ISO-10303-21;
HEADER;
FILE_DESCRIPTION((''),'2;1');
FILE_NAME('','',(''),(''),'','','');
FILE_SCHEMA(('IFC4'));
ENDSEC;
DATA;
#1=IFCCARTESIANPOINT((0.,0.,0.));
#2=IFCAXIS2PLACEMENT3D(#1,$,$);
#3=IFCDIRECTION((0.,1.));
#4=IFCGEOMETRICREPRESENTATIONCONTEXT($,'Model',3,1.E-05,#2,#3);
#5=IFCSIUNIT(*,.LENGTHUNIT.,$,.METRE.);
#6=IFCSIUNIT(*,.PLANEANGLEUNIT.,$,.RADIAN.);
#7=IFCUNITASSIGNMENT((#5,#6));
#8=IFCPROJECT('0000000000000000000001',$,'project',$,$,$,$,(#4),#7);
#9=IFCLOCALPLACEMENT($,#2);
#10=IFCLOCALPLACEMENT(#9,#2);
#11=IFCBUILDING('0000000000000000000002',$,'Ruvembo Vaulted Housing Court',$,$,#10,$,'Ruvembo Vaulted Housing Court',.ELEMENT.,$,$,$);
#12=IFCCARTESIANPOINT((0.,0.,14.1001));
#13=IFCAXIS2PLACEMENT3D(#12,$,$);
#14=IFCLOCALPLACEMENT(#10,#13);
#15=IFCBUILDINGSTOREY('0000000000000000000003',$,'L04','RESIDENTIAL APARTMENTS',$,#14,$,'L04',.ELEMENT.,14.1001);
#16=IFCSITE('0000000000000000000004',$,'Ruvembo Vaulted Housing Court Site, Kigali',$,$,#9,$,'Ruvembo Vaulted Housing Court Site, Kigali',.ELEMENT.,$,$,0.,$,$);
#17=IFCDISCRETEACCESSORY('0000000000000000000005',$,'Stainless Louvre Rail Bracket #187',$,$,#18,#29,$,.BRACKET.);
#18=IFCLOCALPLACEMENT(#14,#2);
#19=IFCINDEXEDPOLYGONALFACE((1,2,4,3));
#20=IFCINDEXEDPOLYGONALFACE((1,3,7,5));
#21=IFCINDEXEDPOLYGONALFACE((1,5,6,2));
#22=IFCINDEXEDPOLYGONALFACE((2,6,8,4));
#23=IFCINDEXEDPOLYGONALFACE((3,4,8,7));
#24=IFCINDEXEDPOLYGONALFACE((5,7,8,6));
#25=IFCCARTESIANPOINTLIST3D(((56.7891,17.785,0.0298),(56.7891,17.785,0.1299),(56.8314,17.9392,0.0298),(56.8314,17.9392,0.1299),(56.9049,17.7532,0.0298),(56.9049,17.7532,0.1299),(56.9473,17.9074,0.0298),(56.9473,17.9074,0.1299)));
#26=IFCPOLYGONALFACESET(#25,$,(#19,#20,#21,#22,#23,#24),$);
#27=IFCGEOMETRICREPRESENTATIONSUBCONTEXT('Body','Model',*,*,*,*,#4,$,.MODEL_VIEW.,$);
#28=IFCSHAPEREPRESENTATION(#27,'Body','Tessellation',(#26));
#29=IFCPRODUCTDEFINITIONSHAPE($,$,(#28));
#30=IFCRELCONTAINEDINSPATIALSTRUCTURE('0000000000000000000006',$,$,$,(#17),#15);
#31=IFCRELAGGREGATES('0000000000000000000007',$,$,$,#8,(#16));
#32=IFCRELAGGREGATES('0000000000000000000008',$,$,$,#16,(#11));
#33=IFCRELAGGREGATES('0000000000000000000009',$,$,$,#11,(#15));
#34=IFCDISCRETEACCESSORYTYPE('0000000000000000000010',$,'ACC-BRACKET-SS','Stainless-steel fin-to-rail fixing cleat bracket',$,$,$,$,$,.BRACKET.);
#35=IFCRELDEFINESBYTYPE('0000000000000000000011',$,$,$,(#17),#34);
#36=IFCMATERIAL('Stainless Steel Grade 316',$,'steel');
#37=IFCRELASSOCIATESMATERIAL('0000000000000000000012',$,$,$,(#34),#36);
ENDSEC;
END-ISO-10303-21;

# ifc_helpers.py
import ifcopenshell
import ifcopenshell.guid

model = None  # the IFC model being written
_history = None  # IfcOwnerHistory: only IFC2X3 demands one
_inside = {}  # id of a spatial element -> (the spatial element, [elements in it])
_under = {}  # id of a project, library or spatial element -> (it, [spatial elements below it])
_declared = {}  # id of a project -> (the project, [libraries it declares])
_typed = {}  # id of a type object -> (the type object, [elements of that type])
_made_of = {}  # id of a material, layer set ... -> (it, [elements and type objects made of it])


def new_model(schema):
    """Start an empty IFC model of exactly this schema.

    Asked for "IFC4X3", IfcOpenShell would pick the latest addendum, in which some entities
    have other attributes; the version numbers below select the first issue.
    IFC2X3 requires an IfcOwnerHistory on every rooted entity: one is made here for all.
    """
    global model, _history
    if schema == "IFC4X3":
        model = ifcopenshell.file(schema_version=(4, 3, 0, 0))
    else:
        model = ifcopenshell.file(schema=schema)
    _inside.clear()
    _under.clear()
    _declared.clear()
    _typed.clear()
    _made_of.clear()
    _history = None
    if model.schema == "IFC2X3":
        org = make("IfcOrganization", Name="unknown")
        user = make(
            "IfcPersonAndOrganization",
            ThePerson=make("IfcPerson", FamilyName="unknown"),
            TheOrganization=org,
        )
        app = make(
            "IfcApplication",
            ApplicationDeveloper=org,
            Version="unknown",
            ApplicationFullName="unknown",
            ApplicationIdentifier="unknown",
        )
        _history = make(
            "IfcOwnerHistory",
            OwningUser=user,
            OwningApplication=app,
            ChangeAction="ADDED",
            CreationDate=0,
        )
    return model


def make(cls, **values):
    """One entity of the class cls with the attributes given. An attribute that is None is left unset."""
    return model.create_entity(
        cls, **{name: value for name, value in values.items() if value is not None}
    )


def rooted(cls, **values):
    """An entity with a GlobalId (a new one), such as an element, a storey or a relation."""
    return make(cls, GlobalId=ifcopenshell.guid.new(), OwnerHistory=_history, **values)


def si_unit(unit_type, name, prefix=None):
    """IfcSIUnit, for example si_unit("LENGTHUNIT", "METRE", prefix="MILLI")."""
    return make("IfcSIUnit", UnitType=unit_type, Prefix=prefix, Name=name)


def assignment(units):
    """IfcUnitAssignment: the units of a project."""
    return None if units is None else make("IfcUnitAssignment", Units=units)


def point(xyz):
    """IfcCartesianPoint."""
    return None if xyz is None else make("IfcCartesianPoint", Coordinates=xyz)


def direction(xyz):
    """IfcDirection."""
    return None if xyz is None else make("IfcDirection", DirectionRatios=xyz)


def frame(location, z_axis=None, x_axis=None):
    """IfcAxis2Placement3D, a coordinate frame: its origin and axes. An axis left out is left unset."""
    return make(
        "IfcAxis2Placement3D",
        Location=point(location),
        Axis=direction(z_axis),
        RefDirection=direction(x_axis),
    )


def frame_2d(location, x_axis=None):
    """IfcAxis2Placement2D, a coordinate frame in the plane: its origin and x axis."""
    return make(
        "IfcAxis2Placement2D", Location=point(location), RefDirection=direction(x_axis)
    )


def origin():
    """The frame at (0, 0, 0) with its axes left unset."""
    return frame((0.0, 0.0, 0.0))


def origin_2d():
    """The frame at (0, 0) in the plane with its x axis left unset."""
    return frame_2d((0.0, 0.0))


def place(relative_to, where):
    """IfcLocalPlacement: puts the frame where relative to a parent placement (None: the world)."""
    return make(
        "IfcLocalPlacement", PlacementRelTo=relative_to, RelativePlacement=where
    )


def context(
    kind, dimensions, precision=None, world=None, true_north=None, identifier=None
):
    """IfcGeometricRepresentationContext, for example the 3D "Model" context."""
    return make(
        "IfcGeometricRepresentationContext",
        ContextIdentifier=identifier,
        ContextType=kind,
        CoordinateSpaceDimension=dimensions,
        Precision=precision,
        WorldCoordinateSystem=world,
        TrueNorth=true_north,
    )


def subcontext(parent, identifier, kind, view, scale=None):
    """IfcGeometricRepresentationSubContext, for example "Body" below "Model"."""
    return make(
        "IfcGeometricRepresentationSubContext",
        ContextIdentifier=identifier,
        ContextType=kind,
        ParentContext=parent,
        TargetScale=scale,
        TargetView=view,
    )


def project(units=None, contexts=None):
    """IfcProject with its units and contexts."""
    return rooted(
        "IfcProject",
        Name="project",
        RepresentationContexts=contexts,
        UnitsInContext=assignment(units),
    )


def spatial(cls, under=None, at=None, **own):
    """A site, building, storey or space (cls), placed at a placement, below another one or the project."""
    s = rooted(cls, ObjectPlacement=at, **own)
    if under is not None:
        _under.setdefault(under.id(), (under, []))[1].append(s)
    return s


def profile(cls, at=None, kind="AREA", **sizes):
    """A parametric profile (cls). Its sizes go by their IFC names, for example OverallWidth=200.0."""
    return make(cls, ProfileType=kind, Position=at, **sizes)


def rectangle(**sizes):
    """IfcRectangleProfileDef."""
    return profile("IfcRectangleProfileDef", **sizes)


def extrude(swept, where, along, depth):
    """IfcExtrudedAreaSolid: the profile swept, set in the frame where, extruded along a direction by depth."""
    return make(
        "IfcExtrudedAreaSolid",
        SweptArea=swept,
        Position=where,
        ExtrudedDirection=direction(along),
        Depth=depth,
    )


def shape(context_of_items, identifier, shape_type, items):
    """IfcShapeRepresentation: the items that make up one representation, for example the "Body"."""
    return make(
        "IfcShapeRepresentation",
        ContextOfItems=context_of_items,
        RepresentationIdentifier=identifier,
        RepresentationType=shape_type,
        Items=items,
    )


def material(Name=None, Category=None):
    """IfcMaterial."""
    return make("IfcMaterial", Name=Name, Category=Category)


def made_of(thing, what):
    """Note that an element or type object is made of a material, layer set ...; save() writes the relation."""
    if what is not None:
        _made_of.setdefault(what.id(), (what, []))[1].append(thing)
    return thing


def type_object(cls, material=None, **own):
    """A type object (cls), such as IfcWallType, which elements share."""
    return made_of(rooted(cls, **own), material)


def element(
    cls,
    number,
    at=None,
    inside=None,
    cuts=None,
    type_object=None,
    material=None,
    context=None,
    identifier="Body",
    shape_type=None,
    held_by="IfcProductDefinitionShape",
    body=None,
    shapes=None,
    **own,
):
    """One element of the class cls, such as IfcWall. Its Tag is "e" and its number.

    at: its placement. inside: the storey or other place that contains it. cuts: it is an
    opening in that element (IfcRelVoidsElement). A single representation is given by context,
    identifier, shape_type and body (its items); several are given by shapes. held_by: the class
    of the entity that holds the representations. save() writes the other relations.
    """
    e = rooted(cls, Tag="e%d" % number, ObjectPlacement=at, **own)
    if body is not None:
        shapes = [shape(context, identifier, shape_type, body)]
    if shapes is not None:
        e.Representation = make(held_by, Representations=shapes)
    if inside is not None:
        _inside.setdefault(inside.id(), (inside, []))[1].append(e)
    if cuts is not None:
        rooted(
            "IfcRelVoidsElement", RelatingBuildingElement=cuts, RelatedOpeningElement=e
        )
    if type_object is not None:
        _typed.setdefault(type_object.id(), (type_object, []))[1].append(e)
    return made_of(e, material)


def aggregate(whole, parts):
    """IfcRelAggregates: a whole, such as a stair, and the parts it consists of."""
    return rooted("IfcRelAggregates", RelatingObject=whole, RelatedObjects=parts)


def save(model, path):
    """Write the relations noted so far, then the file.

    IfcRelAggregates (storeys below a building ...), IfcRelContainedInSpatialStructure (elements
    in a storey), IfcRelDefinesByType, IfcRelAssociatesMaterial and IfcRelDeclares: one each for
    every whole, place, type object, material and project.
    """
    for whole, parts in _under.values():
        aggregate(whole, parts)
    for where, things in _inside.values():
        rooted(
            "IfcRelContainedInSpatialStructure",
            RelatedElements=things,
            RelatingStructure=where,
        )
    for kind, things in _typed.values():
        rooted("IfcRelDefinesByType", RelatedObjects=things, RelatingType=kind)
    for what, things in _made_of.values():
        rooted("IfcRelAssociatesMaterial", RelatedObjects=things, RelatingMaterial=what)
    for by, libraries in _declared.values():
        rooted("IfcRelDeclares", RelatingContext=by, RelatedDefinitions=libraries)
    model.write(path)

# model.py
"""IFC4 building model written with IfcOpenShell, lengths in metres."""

from ifc_helpers import new_model, si_unit, direction, frame, origin, origin_2d, place, context, subcontext, project, spatial, rectangle, extrude, material, type_object, element, save


model = new_model("IFC4")

# Units and contexts
model_context = context("Model", 3, precision=1e-05, world=origin(), true_north=direction((0.0, 1.0)))
body_context = subcontext(model_context, "Body", "Model", "MODEL_VIEW")
ifc_project = project(units=[si_unit("LENGTHUNIT", "METRE"), si_unit("PLANEANGLEUNIT", "RADIAN")], contexts=[model_context])

# Site, building, storey
site_placement = place(None, origin())
site = spatial("IfcSite", under=ifc_project, at=site_placement, Name="Ruvembo Vaulted Housing Court Site, Kigali", LongName="Ruvembo Vaulted Housing Court Site, Kigali", CompositionType="ELEMENT", RefElevation=0.0)
building_placement = place(site_placement, origin())
building = spatial("IfcBuilding", under=site, at=building_placement, Name="Ruvembo Vaulted Housing Court", LongName="Ruvembo Vaulted Housing Court", CompositionType="ELEMENT")
storey_placement = place(building_placement, frame((0.0, 0.0, 14.1001)))
storey = spatial("IfcBuildingStorey", under=building, at=storey_placement, Name="L04", Description="RESIDENTIAL APARTMENTS", LongName="L04", CompositionType="ELEMENT", Elevation=14.1001)

# Discrete accessory
ifc_material_1 = material(Name="Stainless Steel Grade 316", Category="steel")
discrete_accessory_type = type_object("IfcDiscreteAccessoryType", Name="ACC-BRACKET-SS", Description="Stainless-steel fin-to-rail fixing cleat bracket", PredefinedType="BRACKET", material=ifc_material_1)
for number, where, z_axis, x_axis, name in (
    (1, (56.8682, 17.8462, 0.0298), (0.0, 0.0, 1.0), (-0.264984, -0.964253, 0.0), "Stainless Louvre Rail Bracket #187"),
):
    element("IfcDiscreteAccessory", number, at=place(storey_placement, frame(where, z_axis=z_axis, x_axis=x_axis)), inside=storey, type_object=discrete_accessory_type, Name=name, PredefinedType="BRACKET", context=body_context, shape_type="SweptSolid", body=[
        extrude(rectangle(XDim=0.1599, YDim=0.1201, at=origin_2d()), origin(), (0.0, 0.0, 1.0), 0.1001),
    ])

save(model, "model.ifc")
